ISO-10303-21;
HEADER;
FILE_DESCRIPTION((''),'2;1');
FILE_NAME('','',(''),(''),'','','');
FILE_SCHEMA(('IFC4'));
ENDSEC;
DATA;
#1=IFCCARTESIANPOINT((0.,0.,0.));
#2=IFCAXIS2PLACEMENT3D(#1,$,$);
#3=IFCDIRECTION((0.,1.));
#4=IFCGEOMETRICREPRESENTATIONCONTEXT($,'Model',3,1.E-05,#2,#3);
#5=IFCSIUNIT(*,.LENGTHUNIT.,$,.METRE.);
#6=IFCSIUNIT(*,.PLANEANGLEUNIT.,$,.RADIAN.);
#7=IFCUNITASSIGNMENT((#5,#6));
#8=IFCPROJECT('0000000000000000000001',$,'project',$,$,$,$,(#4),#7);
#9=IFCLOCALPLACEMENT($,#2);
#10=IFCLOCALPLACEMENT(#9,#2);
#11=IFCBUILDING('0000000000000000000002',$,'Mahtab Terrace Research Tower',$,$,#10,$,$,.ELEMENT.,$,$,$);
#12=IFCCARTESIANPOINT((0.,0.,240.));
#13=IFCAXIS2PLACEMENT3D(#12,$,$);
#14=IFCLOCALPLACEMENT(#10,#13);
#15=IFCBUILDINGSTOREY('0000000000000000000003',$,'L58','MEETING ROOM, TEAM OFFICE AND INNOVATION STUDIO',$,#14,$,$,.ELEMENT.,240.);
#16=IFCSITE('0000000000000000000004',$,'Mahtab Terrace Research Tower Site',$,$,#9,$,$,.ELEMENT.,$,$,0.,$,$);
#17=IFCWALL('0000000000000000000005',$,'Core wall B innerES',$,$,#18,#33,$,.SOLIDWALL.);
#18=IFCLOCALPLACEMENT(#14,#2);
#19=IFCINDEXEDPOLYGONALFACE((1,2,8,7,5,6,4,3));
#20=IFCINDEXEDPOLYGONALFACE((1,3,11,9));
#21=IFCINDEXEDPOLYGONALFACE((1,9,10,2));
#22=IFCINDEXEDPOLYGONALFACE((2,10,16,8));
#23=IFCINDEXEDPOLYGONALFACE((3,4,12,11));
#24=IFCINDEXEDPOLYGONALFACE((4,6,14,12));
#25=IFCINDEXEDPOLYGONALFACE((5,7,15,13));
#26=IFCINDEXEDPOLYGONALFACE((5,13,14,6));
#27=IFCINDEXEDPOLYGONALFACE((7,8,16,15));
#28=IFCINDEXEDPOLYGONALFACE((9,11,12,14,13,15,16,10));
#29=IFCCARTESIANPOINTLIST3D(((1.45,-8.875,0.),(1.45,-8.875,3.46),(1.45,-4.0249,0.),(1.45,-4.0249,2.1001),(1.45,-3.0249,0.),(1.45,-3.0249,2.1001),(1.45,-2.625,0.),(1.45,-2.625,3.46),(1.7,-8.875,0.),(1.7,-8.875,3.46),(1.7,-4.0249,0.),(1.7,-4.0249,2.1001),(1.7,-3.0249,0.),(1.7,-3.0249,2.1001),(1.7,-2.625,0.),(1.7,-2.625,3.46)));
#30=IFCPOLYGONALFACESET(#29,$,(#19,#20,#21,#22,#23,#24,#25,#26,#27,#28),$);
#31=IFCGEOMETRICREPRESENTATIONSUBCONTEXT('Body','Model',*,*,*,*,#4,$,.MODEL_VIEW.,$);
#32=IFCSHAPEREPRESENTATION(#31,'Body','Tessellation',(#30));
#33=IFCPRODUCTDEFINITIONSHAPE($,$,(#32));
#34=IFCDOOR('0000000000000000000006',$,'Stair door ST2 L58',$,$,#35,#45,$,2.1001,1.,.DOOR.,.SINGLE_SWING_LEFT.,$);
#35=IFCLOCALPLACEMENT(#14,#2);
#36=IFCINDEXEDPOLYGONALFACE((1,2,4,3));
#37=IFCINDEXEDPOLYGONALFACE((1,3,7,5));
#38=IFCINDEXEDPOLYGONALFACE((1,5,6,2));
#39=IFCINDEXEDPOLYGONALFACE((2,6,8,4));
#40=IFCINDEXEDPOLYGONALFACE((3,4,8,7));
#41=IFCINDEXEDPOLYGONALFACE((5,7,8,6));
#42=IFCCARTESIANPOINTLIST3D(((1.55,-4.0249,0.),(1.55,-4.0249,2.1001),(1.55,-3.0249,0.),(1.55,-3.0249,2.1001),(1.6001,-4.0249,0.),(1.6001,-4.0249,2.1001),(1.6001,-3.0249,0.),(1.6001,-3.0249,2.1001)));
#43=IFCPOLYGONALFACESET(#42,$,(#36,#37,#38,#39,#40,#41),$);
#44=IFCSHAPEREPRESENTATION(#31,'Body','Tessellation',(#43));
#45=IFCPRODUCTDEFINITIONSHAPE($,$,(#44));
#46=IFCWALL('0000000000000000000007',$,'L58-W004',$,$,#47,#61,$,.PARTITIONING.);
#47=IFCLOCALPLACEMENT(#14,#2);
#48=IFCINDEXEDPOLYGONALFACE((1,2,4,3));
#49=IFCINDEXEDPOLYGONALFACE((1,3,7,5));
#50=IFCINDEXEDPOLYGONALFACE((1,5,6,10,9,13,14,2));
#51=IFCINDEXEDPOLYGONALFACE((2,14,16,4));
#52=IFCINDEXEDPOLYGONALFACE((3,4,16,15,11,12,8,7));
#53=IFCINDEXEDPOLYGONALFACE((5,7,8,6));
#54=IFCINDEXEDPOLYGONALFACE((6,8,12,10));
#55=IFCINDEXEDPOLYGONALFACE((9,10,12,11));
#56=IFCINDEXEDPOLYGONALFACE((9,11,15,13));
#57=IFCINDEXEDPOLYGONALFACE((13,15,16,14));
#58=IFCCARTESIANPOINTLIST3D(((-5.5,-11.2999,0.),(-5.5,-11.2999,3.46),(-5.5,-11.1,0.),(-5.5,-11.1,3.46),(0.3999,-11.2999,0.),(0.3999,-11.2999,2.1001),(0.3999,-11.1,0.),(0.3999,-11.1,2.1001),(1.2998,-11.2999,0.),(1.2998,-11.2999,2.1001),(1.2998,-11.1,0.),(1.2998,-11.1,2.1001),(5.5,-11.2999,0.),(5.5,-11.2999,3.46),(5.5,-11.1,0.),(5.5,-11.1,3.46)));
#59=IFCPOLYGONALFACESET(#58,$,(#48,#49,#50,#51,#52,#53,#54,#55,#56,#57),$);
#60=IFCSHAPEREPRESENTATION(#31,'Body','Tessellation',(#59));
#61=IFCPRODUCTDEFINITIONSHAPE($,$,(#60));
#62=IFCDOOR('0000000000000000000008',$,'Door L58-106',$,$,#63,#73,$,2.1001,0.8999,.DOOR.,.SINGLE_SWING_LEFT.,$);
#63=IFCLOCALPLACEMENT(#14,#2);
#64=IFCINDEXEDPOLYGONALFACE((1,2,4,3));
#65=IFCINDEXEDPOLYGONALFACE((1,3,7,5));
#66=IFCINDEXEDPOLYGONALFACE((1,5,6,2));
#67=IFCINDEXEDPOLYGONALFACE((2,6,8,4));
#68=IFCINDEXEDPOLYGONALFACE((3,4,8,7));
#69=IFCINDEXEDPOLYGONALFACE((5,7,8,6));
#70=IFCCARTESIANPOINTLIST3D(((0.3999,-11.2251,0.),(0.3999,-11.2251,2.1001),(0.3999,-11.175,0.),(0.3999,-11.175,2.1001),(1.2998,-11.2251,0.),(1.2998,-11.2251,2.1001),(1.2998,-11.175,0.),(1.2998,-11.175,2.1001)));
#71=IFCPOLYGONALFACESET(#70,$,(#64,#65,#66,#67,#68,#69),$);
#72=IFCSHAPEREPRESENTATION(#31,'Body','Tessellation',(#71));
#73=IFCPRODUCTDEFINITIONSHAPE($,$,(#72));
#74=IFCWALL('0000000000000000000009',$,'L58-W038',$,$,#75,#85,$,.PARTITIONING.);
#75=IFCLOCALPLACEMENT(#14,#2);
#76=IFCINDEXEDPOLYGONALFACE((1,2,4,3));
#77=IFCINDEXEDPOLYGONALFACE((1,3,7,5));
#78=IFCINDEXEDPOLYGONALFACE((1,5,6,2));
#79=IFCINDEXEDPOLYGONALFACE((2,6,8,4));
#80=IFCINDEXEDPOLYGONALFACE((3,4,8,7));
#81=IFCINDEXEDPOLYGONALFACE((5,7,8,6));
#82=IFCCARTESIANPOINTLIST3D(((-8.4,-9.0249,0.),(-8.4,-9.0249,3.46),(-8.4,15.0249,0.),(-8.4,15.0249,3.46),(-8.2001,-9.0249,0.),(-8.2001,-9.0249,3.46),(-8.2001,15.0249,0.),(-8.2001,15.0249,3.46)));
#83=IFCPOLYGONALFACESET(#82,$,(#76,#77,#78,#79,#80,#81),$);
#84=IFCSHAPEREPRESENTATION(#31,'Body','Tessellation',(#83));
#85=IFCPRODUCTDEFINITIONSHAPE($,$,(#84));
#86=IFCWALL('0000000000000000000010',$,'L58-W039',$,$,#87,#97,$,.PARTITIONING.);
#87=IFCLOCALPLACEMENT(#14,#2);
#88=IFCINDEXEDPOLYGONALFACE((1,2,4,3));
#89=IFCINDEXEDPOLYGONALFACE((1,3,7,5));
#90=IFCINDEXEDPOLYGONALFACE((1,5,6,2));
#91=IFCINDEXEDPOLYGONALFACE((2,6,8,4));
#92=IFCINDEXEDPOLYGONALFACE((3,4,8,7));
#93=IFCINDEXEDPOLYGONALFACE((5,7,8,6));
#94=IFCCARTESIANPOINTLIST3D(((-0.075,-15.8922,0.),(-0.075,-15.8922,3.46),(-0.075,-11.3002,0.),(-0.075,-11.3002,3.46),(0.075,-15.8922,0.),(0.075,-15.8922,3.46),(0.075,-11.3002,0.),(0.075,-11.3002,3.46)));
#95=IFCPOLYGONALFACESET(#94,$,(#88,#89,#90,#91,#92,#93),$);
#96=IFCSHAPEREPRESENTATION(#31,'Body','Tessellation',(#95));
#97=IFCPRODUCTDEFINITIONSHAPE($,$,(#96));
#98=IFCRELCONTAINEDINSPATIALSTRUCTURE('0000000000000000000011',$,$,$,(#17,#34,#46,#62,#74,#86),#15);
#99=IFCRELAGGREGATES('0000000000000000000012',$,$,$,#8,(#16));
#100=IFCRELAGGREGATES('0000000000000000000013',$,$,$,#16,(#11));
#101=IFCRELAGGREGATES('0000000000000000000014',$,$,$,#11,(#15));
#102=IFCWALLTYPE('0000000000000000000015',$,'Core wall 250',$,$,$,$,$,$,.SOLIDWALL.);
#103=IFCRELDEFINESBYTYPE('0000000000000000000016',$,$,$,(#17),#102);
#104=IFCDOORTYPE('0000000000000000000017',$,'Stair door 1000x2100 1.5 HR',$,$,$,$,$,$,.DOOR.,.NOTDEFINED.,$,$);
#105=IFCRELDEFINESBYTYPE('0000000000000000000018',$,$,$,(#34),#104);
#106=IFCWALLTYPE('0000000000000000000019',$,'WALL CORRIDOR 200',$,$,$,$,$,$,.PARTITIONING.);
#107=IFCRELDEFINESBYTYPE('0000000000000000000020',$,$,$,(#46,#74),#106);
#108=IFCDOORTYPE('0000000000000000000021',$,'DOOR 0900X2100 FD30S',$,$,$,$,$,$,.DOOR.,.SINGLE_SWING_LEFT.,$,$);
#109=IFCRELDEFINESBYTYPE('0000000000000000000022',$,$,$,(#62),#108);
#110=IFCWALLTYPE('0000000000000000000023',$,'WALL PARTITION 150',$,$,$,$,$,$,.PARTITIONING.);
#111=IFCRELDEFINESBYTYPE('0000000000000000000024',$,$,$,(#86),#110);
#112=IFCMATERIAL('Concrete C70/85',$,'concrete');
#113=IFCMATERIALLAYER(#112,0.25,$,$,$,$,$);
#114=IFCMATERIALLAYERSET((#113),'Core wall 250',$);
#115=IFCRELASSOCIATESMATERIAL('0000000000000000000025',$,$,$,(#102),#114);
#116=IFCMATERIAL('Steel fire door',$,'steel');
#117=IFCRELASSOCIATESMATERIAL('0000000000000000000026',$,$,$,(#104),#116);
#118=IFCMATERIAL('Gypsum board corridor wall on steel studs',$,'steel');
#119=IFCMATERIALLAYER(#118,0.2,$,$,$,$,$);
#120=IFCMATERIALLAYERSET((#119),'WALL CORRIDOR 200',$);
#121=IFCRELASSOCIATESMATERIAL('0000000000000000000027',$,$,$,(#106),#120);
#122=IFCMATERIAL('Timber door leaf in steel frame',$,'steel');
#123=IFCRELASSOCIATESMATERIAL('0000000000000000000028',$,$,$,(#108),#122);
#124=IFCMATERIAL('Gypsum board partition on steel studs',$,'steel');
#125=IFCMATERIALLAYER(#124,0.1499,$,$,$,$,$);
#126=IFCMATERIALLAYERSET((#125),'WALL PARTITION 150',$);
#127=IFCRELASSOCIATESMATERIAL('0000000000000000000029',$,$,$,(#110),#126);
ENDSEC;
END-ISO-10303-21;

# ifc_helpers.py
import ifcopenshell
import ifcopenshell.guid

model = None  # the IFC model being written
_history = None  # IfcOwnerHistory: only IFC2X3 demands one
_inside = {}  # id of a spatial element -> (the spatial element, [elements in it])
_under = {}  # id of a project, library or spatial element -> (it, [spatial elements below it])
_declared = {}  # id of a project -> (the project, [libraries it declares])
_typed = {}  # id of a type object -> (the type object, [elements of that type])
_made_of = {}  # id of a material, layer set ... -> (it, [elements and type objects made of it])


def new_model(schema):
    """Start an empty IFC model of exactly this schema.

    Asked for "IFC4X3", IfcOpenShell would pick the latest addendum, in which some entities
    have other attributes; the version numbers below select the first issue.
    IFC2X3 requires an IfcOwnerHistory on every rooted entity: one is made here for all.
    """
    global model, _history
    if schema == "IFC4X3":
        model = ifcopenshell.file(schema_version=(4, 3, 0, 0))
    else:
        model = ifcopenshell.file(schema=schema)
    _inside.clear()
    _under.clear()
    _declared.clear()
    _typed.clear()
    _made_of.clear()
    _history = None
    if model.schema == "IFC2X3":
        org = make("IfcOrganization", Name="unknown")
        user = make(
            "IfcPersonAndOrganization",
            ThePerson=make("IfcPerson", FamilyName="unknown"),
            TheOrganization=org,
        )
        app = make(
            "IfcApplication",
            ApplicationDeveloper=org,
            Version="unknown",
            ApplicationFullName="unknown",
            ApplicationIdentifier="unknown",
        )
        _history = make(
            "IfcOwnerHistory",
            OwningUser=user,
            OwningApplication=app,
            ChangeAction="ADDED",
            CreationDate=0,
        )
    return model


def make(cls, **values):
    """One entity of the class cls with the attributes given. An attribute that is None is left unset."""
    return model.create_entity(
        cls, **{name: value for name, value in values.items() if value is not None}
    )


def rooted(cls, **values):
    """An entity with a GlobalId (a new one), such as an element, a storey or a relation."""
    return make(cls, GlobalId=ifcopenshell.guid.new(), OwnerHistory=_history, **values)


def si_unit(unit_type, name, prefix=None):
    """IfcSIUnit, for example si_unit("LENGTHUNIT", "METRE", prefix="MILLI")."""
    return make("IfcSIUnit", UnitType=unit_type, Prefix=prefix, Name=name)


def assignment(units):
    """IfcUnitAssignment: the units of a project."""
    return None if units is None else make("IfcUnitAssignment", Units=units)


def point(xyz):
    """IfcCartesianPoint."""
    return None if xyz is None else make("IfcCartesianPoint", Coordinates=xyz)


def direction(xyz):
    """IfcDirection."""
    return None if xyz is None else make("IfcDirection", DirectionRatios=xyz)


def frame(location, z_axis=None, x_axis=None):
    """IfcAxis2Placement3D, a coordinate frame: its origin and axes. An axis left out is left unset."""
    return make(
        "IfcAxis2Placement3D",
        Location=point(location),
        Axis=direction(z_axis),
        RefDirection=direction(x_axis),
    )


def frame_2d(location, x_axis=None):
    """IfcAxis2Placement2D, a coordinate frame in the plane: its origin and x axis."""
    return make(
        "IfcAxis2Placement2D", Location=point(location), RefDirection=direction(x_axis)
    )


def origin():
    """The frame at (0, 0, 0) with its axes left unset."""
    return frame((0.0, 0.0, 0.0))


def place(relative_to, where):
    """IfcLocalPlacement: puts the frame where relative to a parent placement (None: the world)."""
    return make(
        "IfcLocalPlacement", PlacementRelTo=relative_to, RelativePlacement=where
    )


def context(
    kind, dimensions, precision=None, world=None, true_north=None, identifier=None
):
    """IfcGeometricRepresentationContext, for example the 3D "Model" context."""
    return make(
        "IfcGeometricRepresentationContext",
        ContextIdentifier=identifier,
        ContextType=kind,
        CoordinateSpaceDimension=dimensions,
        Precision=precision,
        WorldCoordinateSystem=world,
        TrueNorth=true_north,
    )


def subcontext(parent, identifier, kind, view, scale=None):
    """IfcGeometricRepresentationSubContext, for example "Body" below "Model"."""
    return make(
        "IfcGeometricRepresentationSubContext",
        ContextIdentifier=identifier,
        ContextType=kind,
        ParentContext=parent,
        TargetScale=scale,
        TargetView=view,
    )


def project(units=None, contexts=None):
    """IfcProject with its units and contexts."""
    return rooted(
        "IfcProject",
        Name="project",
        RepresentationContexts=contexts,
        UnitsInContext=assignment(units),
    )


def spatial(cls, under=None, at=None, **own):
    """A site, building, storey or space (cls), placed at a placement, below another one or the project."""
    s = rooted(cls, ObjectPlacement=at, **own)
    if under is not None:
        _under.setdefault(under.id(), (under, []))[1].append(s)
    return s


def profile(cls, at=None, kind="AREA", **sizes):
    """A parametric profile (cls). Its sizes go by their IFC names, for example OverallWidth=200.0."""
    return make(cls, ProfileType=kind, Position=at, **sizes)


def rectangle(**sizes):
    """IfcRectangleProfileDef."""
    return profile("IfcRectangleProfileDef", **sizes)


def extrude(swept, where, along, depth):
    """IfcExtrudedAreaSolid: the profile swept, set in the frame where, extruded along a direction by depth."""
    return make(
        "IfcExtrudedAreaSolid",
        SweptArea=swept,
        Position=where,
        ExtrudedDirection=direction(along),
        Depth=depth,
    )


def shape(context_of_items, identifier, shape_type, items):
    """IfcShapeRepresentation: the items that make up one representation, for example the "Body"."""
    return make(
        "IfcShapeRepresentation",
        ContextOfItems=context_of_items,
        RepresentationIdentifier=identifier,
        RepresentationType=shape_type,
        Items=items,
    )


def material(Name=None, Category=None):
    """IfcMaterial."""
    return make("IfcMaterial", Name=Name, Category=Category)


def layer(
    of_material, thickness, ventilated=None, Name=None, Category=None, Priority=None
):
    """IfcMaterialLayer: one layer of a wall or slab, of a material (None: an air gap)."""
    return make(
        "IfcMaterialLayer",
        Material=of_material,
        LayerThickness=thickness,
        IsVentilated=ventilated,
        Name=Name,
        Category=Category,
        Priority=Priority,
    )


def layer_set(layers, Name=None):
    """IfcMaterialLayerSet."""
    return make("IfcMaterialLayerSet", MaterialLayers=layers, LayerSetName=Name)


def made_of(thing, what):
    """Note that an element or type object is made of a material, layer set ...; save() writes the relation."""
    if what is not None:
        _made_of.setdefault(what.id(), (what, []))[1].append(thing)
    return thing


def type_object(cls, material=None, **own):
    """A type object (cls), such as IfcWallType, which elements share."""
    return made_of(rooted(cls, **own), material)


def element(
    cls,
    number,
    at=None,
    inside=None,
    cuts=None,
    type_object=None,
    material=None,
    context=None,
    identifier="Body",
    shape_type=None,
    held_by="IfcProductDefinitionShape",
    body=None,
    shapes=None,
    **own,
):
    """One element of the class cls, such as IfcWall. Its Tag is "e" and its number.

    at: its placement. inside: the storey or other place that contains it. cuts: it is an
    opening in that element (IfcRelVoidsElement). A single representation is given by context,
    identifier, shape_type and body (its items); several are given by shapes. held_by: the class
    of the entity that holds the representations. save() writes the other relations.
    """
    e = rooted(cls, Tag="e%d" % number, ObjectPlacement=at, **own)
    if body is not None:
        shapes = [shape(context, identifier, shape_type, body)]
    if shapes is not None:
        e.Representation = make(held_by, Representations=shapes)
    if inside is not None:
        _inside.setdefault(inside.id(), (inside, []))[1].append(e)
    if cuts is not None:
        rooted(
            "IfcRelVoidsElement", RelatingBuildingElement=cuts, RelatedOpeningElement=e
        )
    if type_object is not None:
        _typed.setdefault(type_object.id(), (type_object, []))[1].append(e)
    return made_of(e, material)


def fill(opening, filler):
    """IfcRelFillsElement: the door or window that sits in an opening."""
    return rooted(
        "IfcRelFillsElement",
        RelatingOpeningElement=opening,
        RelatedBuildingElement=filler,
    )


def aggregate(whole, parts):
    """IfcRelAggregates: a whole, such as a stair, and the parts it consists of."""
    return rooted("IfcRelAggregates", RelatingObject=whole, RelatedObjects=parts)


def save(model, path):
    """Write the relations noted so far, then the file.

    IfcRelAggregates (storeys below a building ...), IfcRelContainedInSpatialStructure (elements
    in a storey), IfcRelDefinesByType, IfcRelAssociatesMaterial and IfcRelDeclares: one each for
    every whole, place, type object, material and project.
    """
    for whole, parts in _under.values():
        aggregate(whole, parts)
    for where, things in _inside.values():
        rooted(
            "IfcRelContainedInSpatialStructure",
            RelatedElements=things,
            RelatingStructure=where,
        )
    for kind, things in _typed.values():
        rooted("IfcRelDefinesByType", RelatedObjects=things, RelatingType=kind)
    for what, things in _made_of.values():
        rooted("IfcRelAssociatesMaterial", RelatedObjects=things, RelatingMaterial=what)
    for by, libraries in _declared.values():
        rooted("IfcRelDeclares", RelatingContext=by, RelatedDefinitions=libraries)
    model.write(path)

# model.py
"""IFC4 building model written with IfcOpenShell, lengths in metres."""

from ifc_helpers import new_model, si_unit, direction, frame, frame_2d, origin, place, context, subcontext, project, spatial, rectangle, extrude, material, layer, layer_set, type_object, element, fill, save


model = new_model("IFC4")

# Units and contexts
model_context = context("Model", 3, precision=1e-05, world=origin(), true_north=direction((0.0, 1.0)))
body_context = subcontext(model_context, "Body", "Model", "MODEL_VIEW")
ifc_project = project(units=[si_unit("LENGTHUNIT", "METRE"), si_unit("PLANEANGLEUNIT", "RADIAN")], contexts=[model_context])

# Site, building, storey
site_placement = place(None, origin())
site = spatial("IfcSite", under=ifc_project, at=site_placement, Name="Mahtab Terrace Research Tower Site", CompositionType="ELEMENT", RefElevation=0.0)
building_placement = place(site_placement, origin())
building = spatial("IfcBuilding", under=site, at=building_placement, Name="Mahtab Terrace Research Tower", CompositionType="ELEMENT")
storey_placement = place(building_placement, frame((0.0, 0.0, 240.0)))
storey = spatial("IfcBuildingStorey", under=building, at=storey_placement, Name="L58", Description="MEETING ROOM, TEAM OFFICE AND INNOVATION STUDIO", CompositionType="ELEMENT", Elevation=240.0)

# Shared definitions
ifc_material_1 = material(Name="Concrete C70/85", Category="concrete")

# Shared definitions
ifc_layer_1 = layer(ifc_material_1, 0.25)
ifc_layer_set_1 = layer_set([ifc_layer_1], Name="Core wall 250")
wall_type_1 = type_object("IfcWallType", Name="Core wall 250", PredefinedType="SOLIDWALL", material=ifc_layer_set_1)
ifc_material_2 = material(Name="Steel fire door", Category="steel")

# Walls, openings, doors
wall_1_placement = place(storey_placement, frame((1.575, -8.875, 0.0), z_axis=(0.0, 0.0, 1.0), x_axis=(0.0, 1.0, 0.0)))
wall_1 = element("IfcWall", 1, at=wall_1_placement, inside=storey, type_object=wall_type_1, Name="Core wall B innerES", PredefinedType="SOLIDWALL", context=body_context, shape_type="SweptSolid", body=[
    extrude(rectangle(XDim=6.25, YDim=0.25, at=frame_2d((3.125, 0.0))), origin(), (0.0, 0.0, 1.0), 3.46),
])
opening_1_placement = place(wall_1_placement, frame((4.8501, 0.0, 0.0)))
opening_1 = element("IfcOpeningElement", 2, at=opening_1_placement, cuts=wall_1, PredefinedType="OPENING", context=body_context, shape_type="SweptSolid", body=[
    extrude(rectangle(XDim=1.0, YDim=2.1001, at=frame_2d((0.5, 1.05))), frame((0.0, 0.135, 0.0), z_axis=(0.0, -1.0, 0.0), x_axis=(1.0, 0.0, 0.0)), (0.0, 0.0, 1.0), 0.27),
])
door_type_1 = type_object("IfcDoorType", Name="Stair door 1000x2100 1.5 HR", OperationType="NOTDEFINED", PredefinedType="DOOR", material=ifc_material_2)
door_1_placement = place(opening_1_placement, origin())
door_1 = element("IfcDoor", 3, at=door_1_placement, inside=storey, type_object=door_type_1, Name="Stair door ST2 L58", OperationType="SINGLE_SWING_LEFT", OverallHeight=2.1001, OverallWidth=1.0, PredefinedType="DOOR", context=body_context, shape_type="SweptSolid", body=[
    extrude(rectangle(XDim=1.0, YDim=2.1001, at=frame_2d((0.5, 1.05))), frame((0.0, 0.0249, 0.0), z_axis=(0.0, -1.0, 0.0), x_axis=(1.0, 0.0, 0.0)), (0.0, 0.0, 1.0), 0.05),
])
fill(opening_1, door_1)
ifc_material_3 = material(Name="Gypsum board corridor wall on steel studs", Category="steel")
ifc_layer_2 = layer(ifc_material_3, 0.2)
ifc_layer_set_2 = layer_set([ifc_layer_2], Name="WALL CORRIDOR 200")
wall_type_2 = type_object("IfcWallType", Name="WALL CORRIDOR 200", PredefinedType="PARTITIONING", material=ifc_layer_set_2)
wall_2_placement = place(storey_placement, frame((-5.5, -11.2, 0.0), z_axis=(0.0, 0.0, 1.0), x_axis=(1.0, 0.0, 0.0)))
wall_2 = element("IfcWall", 4, at=wall_2_placement, inside=storey, type_object=wall_type_2, Name="L58-W004", PredefinedType="PARTITIONING", context=body_context, shape_type="SweptSolid", body=[
    extrude(rectangle(XDim=11.0, YDim=0.2, at=frame_2d((5.5, 0.0))), origin(), (0.0, 0.0, 1.0), 3.46),
])
opening_2_placement = place(wall_2_placement, frame((5.8999, 0.0, 0.0)))
opening_2 = element("IfcOpeningElement", 5, at=opening_2_placement, cuts=wall_2, PredefinedType="OPENING", context=body_context, shape_type="SweptSolid", body=[
    extrude(rectangle(XDim=0.8999, YDim=2.1001, at=frame_2d((0.45, 1.05))), frame((0.0, 0.1099, 0.0), z_axis=(0.0, -1.0, 0.0), x_axis=(1.0, 0.0, 0.0)), (0.0, 0.0, 1.0), 0.22),
])
ifc_material_4 = material(Name="Timber door leaf in steel frame", Category="steel")
door_type_2 = type_object("IfcDoorType", Name="DOOR 0900X2100 FD30S", OperationType="SINGLE_SWING_LEFT", PredefinedType="DOOR", material=ifc_material_4)
door_2_placement = place(opening_2_placement, origin())
door_2 = element("IfcDoor", 6, at=door_2_placement, inside=storey, type_object=door_type_2, Name="Door L58-106", OperationType="SINGLE_SWING_LEFT", OverallHeight=2.1001, OverallWidth=0.8999, PredefinedType="DOOR", context=body_context, shape_type="SweptSolid", body=[
    extrude(rectangle(XDim=0.8999, YDim=2.1001, at=frame_2d((0.45, 1.05))), frame((0.0, 0.0249, 0.0), z_axis=(0.0, -1.0, 0.0), x_axis=(1.0, 0.0, 0.0)), (0.0, 0.0, 1.0), 0.05),
])
fill(opening_2, door_2)

# Walls
wall_3_placement = place(storey_placement, frame((-8.3, -9.0249, 0.0), z_axis=(0.0, 0.0, 1.0), x_axis=(0.0, 1.0, 0.0)))
element("IfcWall", 7, at=wall_3_placement, inside=storey, type_object=wall_type_2, Name="L58-W038", PredefinedType="PARTITIONING", context=body_context, shape_type="SweptSolid", body=[
    extrude(rectangle(XDim=24.0498, YDim=0.2, at=frame_2d((12.0249, 0.0))), origin(), (0.0, 0.0, 1.0), 3.46),
])
ifc_material_5 = material(Name="Gypsum board partition on steel studs", Category="steel")
ifc_layer_3 = layer(ifc_material_5, 0.1499)
ifc_layer_set_3 = layer_set([ifc_layer_3], Name="WALL PARTITION 150")
wall_type_3 = type_object("IfcWallType", Name="WALL PARTITION 150", PredefinedType="PARTITIONING", material=ifc_layer_set_3)
wall_4_placement = place(storey_placement, frame((0.0, -15.8921, 0.0), z_axis=(0.0, 0.0, 1.0), x_axis=(0.0, 1.0, 0.0)))
element("IfcWall", 8, at=wall_4_placement, inside=storey, type_object=wall_type_3, Name="L58-W039", PredefinedType="PARTITIONING", context=body_context, shape_type="SweptSolid", body=[
    extrude(rectangle(XDim=4.592, YDim=0.1499, at=frame_2d((2.2959, 0.0))), origin(), (0.0, 0.0, 1.0), 3.46),
])

save(model, "model.ifc")
